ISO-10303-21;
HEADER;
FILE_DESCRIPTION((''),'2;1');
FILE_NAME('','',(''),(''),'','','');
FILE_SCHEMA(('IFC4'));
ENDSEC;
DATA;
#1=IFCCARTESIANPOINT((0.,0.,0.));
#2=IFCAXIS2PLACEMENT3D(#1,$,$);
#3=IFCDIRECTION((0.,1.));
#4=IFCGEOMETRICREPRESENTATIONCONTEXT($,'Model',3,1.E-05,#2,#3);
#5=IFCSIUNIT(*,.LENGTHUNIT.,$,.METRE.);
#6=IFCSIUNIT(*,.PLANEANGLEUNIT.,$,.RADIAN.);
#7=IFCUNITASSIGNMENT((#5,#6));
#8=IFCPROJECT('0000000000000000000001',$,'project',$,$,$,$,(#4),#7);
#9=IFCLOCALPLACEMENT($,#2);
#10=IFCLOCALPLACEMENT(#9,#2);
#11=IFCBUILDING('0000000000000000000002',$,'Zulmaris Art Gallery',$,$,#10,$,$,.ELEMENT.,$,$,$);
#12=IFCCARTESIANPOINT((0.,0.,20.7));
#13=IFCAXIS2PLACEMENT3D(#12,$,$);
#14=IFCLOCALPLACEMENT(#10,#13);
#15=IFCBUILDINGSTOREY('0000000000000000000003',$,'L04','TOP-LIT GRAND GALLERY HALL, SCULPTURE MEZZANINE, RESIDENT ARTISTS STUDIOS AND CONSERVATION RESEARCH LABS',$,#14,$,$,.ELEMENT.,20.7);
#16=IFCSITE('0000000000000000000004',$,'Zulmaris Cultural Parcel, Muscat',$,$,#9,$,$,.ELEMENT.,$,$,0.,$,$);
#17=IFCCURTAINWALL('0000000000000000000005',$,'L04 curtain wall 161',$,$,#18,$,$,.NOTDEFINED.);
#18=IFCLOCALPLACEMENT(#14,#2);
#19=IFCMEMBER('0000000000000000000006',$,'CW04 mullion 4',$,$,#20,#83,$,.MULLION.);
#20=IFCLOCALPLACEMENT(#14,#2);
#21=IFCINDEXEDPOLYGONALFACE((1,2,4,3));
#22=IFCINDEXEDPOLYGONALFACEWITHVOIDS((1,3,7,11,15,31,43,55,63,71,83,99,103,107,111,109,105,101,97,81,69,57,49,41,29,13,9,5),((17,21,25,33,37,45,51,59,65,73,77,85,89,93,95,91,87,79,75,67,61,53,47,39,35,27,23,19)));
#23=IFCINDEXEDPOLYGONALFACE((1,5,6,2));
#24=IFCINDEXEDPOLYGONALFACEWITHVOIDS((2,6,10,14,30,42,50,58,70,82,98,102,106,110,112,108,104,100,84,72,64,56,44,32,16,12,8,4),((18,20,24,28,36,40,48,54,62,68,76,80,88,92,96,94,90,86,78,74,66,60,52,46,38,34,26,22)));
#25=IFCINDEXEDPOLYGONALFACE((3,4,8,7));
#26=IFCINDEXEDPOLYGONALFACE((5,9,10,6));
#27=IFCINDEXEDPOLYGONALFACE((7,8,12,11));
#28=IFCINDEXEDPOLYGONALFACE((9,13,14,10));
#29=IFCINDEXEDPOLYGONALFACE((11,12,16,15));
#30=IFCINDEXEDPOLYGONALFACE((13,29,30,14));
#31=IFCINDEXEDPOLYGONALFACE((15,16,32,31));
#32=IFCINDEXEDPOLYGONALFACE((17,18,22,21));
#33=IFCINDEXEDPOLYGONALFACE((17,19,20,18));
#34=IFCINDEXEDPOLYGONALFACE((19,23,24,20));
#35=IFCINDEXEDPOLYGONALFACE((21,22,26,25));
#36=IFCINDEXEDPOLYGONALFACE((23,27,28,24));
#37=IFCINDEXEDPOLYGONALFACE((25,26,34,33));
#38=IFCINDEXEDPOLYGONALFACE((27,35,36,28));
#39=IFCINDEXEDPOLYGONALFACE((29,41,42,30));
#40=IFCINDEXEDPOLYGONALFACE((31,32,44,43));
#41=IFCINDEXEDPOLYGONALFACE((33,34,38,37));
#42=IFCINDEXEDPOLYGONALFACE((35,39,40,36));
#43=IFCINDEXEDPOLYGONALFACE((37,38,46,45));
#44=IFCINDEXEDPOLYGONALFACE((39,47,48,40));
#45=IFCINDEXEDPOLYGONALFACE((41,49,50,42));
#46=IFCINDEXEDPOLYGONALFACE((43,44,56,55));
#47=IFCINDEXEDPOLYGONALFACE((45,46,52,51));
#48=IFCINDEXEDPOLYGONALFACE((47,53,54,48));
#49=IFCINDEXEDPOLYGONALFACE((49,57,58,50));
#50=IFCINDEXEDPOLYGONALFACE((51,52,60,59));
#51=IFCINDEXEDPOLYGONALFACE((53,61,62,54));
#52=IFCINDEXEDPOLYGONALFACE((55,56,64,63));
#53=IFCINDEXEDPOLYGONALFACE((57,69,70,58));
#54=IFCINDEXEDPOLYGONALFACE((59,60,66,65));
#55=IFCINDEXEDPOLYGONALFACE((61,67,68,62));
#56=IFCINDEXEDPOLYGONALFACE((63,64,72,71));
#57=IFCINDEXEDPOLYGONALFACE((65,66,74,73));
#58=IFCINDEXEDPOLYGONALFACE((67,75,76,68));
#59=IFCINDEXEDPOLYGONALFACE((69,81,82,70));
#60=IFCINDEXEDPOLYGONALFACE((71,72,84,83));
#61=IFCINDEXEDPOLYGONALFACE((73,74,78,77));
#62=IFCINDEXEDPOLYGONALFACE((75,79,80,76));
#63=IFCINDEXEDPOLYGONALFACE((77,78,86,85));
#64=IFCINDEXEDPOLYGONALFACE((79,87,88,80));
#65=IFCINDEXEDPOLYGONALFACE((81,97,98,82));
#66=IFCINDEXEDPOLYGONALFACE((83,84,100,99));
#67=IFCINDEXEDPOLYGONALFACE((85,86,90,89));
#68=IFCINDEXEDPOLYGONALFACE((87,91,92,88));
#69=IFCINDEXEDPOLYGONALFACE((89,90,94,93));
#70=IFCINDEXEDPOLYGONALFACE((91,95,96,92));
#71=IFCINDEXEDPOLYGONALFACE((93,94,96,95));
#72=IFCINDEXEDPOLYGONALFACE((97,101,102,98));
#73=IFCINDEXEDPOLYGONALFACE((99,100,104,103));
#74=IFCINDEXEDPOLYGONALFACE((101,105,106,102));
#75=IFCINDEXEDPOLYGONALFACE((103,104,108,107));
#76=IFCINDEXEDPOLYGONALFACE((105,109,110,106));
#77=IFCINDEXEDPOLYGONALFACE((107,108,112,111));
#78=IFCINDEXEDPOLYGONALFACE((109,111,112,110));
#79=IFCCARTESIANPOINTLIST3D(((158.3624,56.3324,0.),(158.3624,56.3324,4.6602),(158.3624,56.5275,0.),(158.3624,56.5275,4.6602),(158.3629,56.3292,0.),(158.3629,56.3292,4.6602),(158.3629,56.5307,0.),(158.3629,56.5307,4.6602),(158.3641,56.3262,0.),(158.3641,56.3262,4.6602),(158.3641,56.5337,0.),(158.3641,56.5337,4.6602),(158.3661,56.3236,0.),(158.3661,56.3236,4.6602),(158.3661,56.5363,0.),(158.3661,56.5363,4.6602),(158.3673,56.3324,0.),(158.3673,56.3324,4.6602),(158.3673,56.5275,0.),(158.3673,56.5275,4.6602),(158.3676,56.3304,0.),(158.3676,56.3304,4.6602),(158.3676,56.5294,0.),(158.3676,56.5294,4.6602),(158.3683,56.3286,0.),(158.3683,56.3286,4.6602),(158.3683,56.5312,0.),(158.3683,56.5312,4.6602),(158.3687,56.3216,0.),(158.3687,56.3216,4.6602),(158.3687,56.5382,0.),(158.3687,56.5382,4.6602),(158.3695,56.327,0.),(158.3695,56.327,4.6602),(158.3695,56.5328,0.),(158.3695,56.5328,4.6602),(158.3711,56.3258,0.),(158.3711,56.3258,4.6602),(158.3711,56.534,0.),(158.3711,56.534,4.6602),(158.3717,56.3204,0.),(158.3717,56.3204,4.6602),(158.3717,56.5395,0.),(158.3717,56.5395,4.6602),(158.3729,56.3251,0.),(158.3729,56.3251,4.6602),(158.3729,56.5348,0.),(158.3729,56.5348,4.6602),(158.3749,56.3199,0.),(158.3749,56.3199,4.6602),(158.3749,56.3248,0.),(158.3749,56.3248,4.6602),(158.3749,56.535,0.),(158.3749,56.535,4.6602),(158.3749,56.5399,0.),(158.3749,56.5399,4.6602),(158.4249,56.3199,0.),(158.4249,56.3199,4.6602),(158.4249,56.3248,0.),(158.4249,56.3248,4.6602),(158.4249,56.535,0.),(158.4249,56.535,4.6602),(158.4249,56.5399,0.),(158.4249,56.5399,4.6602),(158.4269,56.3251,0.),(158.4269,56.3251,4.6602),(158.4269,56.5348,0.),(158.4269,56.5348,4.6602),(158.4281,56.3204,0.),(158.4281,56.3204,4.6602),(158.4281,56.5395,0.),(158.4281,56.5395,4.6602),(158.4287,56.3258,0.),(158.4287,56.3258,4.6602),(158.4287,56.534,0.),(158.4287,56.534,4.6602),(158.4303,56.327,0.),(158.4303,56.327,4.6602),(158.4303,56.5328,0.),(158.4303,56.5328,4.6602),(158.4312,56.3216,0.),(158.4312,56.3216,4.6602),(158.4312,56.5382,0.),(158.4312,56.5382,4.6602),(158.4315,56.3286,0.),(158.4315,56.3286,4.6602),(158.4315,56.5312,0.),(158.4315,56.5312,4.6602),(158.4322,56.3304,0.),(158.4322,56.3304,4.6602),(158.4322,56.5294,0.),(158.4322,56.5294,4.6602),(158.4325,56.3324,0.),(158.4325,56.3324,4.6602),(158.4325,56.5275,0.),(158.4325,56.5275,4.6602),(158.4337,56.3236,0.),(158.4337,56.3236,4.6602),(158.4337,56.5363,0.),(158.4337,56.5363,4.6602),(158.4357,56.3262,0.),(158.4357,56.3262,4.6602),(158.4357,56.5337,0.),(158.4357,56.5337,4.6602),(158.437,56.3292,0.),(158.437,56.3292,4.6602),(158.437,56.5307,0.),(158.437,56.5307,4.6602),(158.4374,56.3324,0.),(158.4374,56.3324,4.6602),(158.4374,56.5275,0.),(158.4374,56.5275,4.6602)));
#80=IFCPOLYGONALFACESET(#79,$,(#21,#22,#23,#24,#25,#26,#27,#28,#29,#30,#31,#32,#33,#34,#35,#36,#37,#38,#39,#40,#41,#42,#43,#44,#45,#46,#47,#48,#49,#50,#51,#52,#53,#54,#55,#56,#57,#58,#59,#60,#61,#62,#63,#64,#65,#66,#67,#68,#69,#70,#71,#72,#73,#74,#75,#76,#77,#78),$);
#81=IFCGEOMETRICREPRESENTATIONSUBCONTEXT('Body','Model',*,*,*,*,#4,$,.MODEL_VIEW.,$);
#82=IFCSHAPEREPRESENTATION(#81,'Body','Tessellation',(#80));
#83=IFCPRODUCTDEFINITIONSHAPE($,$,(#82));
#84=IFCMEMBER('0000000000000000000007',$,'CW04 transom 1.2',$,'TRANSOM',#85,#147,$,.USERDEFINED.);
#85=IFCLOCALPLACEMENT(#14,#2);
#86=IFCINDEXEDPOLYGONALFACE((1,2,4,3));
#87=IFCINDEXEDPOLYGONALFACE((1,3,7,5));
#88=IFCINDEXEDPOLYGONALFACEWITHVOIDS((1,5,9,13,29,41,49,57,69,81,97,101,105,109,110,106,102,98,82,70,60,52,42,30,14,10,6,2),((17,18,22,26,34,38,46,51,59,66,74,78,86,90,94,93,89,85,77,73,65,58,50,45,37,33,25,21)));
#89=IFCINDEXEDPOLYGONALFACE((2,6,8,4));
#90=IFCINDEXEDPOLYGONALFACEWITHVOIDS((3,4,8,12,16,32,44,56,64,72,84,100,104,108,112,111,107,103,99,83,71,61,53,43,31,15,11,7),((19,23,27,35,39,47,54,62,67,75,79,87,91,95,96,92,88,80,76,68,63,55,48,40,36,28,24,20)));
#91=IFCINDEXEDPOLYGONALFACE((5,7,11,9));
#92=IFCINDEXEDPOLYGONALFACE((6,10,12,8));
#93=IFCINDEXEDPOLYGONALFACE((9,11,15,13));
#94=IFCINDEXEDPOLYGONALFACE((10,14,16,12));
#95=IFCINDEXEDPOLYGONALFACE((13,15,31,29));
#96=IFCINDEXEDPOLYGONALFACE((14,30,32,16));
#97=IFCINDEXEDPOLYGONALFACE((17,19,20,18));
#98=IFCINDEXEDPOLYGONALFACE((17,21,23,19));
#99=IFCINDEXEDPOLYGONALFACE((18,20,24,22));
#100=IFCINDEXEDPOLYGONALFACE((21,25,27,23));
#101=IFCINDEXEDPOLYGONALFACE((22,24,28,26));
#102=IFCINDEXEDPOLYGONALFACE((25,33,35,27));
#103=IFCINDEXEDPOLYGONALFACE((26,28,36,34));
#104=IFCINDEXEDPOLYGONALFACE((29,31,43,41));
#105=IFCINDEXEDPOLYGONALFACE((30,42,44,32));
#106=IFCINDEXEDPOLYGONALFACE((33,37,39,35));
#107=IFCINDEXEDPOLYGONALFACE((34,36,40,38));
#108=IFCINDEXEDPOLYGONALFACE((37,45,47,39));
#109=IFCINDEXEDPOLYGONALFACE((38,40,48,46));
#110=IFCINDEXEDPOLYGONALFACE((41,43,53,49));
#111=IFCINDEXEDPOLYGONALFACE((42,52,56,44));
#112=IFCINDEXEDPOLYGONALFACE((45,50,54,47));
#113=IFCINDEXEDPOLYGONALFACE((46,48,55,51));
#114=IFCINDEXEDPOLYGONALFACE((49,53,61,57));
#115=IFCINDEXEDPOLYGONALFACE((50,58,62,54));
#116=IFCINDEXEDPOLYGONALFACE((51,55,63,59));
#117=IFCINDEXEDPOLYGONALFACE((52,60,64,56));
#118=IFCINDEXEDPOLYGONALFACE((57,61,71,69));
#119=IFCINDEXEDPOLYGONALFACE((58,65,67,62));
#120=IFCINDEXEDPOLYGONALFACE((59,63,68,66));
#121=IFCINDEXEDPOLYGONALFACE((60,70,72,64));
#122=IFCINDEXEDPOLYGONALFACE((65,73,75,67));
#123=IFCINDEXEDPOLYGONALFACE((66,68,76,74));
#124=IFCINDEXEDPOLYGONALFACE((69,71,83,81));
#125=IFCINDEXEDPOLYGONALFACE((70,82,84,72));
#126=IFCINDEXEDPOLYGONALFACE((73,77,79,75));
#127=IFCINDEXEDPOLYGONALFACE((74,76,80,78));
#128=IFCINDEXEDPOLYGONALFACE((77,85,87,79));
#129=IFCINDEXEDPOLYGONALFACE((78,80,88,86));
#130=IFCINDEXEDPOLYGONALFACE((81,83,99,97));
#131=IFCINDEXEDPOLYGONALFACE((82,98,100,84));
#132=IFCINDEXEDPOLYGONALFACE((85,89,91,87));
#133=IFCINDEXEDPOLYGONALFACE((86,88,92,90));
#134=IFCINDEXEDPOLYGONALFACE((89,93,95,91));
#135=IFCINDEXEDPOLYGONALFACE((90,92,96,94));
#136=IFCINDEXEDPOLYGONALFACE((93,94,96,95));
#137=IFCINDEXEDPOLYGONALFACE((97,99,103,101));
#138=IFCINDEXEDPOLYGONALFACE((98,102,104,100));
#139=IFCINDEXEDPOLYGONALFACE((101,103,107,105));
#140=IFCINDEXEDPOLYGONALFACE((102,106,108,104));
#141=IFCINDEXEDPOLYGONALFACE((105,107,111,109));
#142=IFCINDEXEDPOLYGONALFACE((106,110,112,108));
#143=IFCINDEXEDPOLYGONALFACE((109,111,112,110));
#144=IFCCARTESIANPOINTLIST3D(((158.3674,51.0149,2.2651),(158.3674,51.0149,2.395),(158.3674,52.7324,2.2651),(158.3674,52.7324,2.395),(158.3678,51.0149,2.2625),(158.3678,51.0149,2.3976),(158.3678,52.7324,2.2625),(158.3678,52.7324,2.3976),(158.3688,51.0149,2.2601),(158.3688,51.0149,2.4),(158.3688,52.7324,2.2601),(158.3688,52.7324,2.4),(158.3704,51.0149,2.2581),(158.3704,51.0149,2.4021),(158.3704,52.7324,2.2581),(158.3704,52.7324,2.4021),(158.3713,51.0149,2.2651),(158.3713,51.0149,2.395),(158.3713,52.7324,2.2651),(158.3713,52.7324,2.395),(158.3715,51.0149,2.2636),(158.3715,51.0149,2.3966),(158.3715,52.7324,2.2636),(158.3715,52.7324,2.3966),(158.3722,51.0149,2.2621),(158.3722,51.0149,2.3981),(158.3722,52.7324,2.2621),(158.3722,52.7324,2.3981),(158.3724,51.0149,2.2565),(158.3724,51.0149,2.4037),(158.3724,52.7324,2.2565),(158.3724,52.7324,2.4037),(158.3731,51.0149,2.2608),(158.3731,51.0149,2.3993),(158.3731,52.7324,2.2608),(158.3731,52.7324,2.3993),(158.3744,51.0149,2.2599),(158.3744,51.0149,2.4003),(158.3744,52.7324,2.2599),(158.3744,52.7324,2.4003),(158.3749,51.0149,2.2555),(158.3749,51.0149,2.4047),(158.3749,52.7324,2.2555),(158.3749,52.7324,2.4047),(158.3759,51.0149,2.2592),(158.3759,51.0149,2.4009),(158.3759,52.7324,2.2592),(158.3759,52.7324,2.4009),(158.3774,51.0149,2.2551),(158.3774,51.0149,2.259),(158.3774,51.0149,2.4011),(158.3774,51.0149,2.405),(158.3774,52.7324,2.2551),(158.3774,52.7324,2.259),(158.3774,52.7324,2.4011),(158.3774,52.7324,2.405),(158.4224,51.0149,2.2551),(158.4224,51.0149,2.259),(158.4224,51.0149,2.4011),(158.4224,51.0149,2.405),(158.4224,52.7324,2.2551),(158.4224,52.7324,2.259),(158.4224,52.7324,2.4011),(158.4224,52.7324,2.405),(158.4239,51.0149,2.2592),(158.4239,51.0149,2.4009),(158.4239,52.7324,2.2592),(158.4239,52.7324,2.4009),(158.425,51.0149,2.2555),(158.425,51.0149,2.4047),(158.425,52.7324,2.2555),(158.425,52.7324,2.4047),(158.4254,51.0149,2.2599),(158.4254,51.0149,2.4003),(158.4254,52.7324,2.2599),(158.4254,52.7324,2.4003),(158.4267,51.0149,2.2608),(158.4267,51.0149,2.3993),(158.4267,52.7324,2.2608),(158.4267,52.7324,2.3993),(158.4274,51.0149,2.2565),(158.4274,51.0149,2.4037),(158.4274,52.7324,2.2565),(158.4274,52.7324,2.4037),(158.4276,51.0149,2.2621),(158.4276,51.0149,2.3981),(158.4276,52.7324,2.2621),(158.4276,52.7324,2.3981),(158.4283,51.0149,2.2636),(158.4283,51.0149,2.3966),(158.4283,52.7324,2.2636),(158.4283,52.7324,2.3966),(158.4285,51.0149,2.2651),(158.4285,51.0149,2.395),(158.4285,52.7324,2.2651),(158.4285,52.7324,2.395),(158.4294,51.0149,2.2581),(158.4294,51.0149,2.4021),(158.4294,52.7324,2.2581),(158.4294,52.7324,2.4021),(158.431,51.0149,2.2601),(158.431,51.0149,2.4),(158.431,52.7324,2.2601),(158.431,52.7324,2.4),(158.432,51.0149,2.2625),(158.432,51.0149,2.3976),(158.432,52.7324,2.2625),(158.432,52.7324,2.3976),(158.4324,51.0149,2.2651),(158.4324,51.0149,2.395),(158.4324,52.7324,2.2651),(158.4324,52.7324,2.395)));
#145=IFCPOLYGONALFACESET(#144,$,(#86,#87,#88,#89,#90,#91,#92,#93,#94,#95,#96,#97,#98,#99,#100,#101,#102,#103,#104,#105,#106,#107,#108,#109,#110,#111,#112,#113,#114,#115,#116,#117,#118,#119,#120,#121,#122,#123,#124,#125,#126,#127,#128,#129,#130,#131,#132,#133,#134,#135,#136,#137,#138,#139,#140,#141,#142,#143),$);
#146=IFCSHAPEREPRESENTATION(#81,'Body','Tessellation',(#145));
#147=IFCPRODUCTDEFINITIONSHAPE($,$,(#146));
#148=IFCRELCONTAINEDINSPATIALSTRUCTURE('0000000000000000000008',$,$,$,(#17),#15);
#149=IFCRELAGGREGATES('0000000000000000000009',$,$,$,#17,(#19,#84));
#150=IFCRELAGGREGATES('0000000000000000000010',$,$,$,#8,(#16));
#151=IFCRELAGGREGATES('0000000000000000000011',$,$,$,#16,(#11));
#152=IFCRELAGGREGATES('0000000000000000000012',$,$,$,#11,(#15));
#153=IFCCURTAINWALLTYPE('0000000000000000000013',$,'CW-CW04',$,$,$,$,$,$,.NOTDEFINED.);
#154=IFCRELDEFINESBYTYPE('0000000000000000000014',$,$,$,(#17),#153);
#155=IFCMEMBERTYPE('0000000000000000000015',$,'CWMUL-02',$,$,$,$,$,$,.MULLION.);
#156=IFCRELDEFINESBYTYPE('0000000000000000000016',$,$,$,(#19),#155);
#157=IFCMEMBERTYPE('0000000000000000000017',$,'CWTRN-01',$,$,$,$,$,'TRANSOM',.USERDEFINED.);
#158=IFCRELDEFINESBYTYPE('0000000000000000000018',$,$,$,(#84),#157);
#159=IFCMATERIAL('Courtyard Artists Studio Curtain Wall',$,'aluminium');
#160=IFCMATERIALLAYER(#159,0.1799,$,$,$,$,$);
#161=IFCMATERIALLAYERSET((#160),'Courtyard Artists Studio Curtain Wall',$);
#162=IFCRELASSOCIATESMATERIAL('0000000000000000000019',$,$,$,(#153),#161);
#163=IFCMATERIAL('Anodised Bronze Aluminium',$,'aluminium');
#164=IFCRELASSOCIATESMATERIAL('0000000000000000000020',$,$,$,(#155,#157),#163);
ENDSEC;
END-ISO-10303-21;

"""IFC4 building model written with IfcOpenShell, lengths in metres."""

from ifc_helpers import new_model, si_unit, direction, frame, origin, origin_2d, place, context, subcontext, project, spatial, hollow_rectangle, extrude, material, layer, layer_set, material_profile, profile_set, type_object, element, aggregate, save


model = new_model("IFC4")

# Units and contexts
model_context = context("Model", 3, precision=1e-05, world=origin(), true_north=direction((0.0, 1.0)))
body_context = subcontext(model_context, "Body", "Model", "MODEL_VIEW")
ifc_project = project(units=[si_unit("LENGTHUNIT", "METRE"), si_unit("PLANEANGLEUNIT", "RADIAN")], contexts=[model_context])

# Site, building, storey
site_placement = place(None, origin())
site = spatial("IfcSite", under=ifc_project, at=site_placement, Name="Zulmaris Cultural Parcel, Muscat", CompositionType="ELEMENT", RefElevation=0.0)
building_placement = place(site_placement, origin())
building = spatial("IfcBuilding", under=site, at=building_placement, Name="Zulmaris Art Gallery", CompositionType="ELEMENT")
storey_placement = place(building_placement, frame((0.0, 0.0, 20.7)))
storey = spatial("IfcBuildingStorey", under=building, at=storey_placement, Name="L04", Description="TOP-LIT GRAND GALLERY HALL, SCULPTURE MEZZANINE, RESIDENT ARTISTS STUDIOS AND CONSERVATION RESEARCH LABS", CompositionType="ELEMENT", Elevation=20.7)

# Curtain wall, members
ifc_material_1 = material(Name="Courtyard Artists Studio Curtain Wall", Category="aluminium")
ifc_layer_1 = layer(ifc_material_1, 0.1799)
ifc_layer_set_1 = layer_set([ifc_layer_1], Name="Courtyard Artists Studio Curtain Wall")
curtain_wall_type = type_object("IfcCurtainWallType", Name="CW-CW04", PredefinedType="NOTDEFINED", material=ifc_layer_set_1)
curtain_wall_placement = place(storey_placement, origin())
curtain_wall = element("IfcCurtainWall", 1, at=curtain_wall_placement, inside=storey, type_object=curtain_wall_type, Name="L04 curtain wall 161", PredefinedType="NOTDEFINED")
ifc_material_2 = material(Name="Anodised Bronze Aluminium", Category="aluminium")
ifc_material_profile_1 = material_profile(ifc_material_2, hollow_rectangle(XDim=0.075, YDim=0.22, WallThickness=0.0049, InnerFilletRadius=0.0076, OuterFilletRadius=0.0125, at=origin_2d()), Name="ALU 75x220x5")
ifc_profile_set_1 = profile_set([ifc_material_profile_1], Name="Anodised Bronze Aluminium")
member_type_1 = type_object("IfcMemberType", Name="CWMUL-02", PredefinedType="MULLION", material=ifc_profile_set_1)
member_1_placement = place(storey_placement, frame((158.3999, 56.4299, 0.0), z_axis=(0.0, 0.0, 1.0), x_axis=(-1.0, 0.0, 0.0)))
member_1 = element("IfcMember", 2, at=member_1_placement, type_object=member_type_1, Name="CW04 mullion 4", PredefinedType="MULLION", context=body_context, shape_type="SweptSolid", body=[
    extrude(hollow_rectangle(XDim=0.075, YDim=0.22, WallThickness=0.0049, InnerFilletRadius=0.0076, OuterFilletRadius=0.0125, at=origin_2d()), origin(), (0.0, 0.0, 1.0), 4.6602),
])
ifc_material_profile_2 = material_profile(ifc_material_2, hollow_rectangle(XDim=0.0649, YDim=0.1499, WallThickness=0.0039, InnerFilletRadius=0.0061, OuterFilletRadius=0.01, at=origin_2d()), Name="ALU 65x150x4")
ifc_profile_set_2 = profile_set([ifc_material_profile_2], Name="Anodised Bronze Aluminium")
member_type_2 = type_object("IfcMemberType", Name="CWTRN-01", ElementType="TRANSOM", PredefinedType="USERDEFINED", material=ifc_profile_set_2)
member_2_placement = place(storey_placement, frame((158.3999, 51.0149, 2.3301), z_axis=(0.0, 1.0, 0.0), x_axis=(-1.0, 0.0, 0.0)))
member_2 = element("IfcMember", 3, at=member_2_placement, type_object=member_type_2, Name="CW04 transom 1.2", ObjectType="TRANSOM", PredefinedType="USERDEFINED", context=body_context, shape_type="SweptSolid", body=[
    extrude(hollow_rectangle(XDim=0.0649, YDim=0.1499, WallThickness=0.0039, InnerFilletRadius=0.0061, OuterFilletRadius=0.01, at=origin_2d()), origin(), (0.0, 0.0, 1.0), 1.7175),
])
aggregate(curtain_wall, [member_1, member_2])

save(model, "model.ifc")
